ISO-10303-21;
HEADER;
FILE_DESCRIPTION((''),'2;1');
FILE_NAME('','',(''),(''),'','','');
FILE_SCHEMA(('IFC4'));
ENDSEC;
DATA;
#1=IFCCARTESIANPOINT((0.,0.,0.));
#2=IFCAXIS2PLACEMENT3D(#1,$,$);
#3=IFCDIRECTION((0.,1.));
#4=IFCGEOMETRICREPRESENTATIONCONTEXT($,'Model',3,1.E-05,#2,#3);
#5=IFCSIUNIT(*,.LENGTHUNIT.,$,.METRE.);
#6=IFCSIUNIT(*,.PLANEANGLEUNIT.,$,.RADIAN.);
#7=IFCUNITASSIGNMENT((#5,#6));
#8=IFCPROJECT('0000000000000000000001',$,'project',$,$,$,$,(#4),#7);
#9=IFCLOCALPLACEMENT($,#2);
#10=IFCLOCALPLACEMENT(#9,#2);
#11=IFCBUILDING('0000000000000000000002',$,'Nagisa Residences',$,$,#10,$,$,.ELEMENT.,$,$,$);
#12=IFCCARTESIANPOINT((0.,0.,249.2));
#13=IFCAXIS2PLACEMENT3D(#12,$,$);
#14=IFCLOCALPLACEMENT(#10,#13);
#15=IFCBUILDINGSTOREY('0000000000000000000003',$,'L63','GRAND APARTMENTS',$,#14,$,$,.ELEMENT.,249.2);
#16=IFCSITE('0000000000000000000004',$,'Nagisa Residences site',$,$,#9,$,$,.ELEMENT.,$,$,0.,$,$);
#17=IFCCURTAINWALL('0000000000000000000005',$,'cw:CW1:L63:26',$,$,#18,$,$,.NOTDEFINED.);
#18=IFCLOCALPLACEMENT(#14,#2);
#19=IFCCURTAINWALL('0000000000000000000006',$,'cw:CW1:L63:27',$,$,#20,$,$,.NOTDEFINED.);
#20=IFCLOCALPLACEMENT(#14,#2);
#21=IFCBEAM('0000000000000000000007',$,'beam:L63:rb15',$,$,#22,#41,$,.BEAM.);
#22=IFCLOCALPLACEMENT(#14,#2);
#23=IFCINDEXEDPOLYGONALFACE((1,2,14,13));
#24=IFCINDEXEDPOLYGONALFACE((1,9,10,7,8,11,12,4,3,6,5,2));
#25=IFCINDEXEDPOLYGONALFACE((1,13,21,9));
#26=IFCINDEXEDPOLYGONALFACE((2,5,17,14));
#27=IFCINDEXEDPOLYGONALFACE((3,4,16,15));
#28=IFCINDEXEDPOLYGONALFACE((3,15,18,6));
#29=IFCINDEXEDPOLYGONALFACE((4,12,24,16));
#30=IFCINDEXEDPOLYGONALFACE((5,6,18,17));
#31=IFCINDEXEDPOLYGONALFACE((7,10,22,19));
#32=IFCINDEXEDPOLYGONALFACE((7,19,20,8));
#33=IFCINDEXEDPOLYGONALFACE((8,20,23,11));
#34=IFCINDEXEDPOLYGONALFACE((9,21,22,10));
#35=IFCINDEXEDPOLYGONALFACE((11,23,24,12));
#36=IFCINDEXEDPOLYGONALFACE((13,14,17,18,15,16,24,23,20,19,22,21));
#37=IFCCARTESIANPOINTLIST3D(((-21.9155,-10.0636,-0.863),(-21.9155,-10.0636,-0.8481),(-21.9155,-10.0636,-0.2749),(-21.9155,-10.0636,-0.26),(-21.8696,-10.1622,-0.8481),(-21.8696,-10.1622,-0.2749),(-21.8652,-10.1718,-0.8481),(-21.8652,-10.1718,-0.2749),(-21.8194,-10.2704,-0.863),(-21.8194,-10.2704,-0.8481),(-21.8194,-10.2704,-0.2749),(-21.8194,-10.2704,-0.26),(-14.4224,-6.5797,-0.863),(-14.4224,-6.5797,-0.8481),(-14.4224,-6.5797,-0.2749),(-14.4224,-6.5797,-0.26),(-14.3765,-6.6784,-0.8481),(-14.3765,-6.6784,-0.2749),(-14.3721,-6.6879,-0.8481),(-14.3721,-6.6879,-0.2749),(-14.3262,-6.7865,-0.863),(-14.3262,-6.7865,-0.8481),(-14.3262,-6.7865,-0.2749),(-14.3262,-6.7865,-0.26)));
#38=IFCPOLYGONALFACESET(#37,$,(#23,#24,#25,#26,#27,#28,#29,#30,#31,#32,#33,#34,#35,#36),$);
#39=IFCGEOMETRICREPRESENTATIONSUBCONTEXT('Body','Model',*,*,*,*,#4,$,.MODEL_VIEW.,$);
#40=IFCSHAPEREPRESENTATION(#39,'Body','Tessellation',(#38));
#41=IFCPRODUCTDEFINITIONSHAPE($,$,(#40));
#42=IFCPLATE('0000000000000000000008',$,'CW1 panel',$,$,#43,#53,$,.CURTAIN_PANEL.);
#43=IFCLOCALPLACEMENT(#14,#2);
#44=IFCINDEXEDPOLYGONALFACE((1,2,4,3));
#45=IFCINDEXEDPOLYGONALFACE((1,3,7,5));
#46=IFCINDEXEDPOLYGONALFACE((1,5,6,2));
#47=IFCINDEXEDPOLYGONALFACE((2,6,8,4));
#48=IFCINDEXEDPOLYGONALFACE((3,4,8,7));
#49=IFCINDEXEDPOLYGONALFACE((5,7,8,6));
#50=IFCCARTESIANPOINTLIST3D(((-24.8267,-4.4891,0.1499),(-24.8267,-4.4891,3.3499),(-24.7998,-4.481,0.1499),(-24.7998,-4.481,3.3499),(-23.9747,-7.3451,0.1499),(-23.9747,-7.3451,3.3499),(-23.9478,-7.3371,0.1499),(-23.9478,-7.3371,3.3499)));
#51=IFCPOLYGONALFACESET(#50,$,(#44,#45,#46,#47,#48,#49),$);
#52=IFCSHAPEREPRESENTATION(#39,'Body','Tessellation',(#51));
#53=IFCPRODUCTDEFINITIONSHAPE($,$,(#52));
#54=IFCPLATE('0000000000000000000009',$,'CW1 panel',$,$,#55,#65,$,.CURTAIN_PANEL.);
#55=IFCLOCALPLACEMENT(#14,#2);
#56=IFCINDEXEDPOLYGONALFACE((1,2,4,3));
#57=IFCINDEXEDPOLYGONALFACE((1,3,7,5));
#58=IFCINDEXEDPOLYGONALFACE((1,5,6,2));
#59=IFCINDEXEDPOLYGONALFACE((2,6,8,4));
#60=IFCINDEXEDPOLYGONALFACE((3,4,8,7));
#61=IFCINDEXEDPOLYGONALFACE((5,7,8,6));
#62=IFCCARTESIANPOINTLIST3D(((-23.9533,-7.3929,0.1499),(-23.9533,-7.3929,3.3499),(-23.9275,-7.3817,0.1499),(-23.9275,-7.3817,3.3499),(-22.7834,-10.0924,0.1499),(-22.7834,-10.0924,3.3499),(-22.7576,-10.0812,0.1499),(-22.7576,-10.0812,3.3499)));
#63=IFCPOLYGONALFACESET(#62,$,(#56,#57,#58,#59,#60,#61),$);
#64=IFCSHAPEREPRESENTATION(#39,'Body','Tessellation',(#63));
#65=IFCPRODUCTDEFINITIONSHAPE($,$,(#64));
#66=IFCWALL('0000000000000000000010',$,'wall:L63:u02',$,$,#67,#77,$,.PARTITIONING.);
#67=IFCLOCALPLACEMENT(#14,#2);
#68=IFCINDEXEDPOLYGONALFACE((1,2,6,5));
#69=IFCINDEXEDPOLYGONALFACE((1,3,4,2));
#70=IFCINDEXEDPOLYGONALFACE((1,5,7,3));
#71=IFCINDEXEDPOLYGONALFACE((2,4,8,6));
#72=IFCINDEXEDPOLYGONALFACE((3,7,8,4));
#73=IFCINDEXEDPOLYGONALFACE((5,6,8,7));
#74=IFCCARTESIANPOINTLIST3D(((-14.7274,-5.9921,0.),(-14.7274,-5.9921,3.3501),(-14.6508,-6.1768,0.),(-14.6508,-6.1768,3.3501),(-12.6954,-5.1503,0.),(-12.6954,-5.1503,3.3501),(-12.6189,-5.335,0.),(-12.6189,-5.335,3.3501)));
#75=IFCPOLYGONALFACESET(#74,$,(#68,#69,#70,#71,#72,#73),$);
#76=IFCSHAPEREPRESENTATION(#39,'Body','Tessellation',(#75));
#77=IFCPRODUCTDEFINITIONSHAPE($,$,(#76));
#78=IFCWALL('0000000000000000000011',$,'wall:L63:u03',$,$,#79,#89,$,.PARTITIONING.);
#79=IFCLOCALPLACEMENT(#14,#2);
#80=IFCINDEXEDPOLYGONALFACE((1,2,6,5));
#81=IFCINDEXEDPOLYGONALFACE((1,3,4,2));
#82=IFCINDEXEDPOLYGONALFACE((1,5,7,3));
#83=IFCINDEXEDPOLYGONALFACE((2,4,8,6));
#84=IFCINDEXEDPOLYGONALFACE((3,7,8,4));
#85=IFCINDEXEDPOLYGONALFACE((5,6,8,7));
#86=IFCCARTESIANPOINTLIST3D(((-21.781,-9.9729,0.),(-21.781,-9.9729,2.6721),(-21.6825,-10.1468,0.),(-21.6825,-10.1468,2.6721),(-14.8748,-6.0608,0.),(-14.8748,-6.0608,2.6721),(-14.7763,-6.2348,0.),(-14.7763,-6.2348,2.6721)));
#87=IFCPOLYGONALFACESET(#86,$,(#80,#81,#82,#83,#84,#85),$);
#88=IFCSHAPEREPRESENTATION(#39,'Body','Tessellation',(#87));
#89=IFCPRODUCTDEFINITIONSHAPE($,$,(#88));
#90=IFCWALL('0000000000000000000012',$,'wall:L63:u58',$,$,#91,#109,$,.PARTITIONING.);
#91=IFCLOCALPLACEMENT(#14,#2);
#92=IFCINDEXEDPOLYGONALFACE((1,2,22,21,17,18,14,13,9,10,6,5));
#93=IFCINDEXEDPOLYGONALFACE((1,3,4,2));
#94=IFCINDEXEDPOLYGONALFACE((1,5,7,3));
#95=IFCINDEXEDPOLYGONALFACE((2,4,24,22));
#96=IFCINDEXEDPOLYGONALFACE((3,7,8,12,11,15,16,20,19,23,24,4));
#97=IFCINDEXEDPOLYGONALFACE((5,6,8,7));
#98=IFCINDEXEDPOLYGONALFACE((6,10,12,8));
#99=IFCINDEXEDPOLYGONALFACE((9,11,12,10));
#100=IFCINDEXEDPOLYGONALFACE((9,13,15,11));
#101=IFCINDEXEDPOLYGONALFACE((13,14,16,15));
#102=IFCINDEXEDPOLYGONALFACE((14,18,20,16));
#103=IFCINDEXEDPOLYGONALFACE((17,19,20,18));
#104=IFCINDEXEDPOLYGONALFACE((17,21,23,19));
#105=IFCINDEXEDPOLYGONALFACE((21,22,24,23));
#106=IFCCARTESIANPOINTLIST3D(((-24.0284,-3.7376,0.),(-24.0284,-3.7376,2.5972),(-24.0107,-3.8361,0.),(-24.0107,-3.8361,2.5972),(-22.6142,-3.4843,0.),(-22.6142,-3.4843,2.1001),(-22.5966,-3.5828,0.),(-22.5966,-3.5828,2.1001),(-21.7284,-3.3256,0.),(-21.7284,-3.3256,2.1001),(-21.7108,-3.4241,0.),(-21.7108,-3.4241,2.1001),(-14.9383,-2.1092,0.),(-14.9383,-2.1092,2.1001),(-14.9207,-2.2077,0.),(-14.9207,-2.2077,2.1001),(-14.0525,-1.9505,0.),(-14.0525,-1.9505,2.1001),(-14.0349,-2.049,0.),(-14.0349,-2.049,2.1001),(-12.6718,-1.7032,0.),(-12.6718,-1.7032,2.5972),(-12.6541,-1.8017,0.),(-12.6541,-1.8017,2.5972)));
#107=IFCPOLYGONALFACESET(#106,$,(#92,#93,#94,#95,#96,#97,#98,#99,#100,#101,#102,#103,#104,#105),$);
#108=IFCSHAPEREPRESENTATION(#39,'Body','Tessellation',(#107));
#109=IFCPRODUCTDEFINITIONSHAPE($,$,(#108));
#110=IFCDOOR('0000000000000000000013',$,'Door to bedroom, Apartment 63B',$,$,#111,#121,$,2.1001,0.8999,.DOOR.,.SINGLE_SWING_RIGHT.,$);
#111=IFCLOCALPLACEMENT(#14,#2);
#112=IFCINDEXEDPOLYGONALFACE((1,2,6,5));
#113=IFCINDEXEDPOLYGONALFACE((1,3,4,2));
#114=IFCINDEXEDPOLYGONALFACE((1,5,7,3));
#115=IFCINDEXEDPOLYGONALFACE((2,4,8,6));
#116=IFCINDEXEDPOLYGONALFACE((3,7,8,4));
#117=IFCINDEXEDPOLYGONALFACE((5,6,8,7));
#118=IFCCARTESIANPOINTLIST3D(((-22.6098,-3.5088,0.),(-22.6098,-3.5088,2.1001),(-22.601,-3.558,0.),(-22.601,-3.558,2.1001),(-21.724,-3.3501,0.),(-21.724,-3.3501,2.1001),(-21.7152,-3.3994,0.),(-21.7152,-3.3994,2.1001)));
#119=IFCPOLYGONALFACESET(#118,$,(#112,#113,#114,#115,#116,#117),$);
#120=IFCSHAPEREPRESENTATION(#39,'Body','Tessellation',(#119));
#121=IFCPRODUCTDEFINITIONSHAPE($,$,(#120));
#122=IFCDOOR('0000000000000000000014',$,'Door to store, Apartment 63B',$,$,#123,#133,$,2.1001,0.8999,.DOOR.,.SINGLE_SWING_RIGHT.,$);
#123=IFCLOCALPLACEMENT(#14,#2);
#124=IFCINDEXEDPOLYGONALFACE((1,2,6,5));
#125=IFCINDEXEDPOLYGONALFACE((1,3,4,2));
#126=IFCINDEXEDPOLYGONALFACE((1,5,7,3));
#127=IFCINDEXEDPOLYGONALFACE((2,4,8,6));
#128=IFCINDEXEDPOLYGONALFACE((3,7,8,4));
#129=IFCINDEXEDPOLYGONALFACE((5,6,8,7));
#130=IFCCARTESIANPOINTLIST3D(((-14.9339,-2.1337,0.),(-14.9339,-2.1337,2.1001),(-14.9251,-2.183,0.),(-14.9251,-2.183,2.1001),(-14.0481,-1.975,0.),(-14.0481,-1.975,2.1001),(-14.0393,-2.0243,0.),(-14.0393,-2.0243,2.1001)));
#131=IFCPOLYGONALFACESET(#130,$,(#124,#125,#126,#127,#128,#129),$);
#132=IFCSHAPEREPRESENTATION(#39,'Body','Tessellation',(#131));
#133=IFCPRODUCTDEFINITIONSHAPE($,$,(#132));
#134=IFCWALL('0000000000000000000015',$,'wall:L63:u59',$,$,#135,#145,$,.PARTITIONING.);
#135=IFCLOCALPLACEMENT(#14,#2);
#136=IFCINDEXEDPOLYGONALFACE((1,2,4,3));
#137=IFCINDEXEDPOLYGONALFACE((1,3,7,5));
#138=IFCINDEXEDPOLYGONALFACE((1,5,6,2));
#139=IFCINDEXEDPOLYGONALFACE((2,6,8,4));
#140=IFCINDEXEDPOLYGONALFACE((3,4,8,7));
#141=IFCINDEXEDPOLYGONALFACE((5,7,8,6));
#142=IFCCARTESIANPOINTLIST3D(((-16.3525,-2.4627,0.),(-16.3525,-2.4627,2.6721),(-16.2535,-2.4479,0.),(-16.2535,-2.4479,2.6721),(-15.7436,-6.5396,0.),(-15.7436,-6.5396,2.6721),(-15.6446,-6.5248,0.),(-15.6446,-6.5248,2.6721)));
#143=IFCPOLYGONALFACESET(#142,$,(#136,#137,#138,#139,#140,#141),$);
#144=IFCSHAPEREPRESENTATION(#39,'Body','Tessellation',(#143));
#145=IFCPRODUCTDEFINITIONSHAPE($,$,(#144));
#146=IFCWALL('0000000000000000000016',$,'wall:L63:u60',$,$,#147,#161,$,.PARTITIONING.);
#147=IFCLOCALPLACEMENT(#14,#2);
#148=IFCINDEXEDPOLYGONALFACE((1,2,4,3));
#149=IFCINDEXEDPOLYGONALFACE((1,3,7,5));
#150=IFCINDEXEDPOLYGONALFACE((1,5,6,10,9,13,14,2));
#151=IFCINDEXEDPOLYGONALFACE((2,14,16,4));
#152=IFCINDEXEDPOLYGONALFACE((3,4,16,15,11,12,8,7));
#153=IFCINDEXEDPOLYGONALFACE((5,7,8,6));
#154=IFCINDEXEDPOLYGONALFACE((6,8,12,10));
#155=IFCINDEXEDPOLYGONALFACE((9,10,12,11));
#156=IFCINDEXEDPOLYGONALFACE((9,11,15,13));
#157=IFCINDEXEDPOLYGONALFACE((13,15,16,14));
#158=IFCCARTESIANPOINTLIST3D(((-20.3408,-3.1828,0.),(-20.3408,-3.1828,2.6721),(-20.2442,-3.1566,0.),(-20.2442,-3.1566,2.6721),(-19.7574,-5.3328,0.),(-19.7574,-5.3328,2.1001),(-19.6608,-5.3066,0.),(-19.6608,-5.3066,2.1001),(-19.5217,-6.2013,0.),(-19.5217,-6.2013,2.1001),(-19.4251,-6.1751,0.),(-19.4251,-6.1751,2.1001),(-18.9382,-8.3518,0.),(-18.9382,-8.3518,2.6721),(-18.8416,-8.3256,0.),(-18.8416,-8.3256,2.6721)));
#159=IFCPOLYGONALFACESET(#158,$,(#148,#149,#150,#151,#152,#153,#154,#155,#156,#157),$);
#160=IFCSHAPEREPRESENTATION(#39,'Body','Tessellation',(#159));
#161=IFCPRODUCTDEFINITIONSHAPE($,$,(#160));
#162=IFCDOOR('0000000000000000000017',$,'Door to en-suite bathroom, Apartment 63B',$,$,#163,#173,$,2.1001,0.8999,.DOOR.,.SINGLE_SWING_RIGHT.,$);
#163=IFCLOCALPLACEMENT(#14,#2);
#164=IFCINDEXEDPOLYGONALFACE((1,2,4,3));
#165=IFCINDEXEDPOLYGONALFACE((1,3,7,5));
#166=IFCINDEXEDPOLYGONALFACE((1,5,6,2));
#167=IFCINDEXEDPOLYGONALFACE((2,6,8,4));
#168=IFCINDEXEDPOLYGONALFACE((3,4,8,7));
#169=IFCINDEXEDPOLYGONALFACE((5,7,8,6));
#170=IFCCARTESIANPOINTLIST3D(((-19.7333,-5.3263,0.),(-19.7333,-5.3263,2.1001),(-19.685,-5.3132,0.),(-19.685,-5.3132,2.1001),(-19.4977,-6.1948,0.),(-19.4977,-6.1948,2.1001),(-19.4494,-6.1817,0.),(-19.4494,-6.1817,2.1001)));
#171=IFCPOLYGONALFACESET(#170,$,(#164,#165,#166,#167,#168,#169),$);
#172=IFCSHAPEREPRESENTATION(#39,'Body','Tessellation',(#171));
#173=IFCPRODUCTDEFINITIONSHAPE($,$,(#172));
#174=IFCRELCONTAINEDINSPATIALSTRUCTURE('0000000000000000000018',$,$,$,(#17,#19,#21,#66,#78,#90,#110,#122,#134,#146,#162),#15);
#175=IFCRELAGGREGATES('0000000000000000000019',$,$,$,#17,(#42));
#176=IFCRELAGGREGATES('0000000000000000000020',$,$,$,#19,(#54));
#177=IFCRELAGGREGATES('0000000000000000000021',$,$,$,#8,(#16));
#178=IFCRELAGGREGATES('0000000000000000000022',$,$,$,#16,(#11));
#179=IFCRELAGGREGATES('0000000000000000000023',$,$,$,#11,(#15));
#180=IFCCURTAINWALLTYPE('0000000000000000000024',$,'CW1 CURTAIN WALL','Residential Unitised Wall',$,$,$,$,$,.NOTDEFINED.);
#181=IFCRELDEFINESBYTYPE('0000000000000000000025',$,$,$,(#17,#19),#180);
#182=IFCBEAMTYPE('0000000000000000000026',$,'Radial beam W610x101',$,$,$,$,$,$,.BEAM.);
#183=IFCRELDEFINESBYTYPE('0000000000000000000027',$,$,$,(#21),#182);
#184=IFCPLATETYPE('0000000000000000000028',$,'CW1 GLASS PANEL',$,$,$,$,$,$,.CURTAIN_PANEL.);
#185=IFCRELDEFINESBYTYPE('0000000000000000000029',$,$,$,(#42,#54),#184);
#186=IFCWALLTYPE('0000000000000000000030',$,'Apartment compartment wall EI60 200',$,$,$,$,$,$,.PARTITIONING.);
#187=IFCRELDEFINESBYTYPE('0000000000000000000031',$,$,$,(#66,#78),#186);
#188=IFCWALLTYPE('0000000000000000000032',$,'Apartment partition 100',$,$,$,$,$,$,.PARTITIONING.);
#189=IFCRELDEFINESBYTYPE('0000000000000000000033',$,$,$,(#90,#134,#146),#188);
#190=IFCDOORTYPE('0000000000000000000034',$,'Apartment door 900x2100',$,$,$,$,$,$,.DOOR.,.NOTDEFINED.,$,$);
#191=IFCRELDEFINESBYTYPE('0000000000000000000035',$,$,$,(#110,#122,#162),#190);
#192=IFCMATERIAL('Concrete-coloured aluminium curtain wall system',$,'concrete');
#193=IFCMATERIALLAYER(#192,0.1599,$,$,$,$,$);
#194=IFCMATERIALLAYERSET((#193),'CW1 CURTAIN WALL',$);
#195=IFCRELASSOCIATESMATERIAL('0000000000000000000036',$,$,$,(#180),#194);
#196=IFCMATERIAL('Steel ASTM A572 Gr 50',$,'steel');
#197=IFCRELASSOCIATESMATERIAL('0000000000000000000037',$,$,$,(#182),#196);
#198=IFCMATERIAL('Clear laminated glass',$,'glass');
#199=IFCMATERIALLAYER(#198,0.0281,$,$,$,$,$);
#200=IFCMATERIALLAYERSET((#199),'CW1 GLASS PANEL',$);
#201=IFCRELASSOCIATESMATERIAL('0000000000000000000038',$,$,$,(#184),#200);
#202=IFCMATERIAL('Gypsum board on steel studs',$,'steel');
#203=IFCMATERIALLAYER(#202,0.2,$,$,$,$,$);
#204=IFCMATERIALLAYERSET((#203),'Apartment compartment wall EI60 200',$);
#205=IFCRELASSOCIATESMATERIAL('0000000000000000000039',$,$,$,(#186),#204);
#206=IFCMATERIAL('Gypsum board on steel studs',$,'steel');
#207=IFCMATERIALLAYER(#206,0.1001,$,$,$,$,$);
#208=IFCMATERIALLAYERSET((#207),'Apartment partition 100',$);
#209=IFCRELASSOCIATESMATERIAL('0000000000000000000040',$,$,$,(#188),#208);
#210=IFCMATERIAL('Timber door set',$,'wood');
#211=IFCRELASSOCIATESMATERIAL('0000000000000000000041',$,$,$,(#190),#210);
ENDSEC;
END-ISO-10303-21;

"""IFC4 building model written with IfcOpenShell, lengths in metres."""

from ifc_helpers import new_model, si_unit, direction, frame, frame_2d, origin, origin_2d, place, context, subcontext, project, spatial, rectangle, i_section, extrude, material, layer, layer_set, material_profile, profile_set, type_object, element, fill, aggregate, save


model = new_model("IFC4")

# Units and contexts
model_context = context("Model", 3, precision=1e-05, world=origin(), true_north=direction((0.0, 1.0)))
body_context = subcontext(model_context, "Body", "Model", "MODEL_VIEW")
ifc_project = project(units=[si_unit("LENGTHUNIT", "METRE"), si_unit("PLANEANGLEUNIT", "RADIAN")], contexts=[model_context])

# Site, building, storey
site_placement = place(None, origin())
site = spatial("IfcSite", under=ifc_project, at=site_placement, Name="Nagisa Residences site", CompositionType="ELEMENT", RefElevation=0.0)
building_placement = place(site_placement, origin())
building = spatial("IfcBuilding", under=site, at=building_placement, Name="Nagisa Residences", CompositionType="ELEMENT")
storey_placement = place(building_placement, frame((0.0, 0.0, 249.2)))
storey = spatial("IfcBuildingStorey", under=building, at=storey_placement, Name="L63", Description="GRAND APARTMENTS", CompositionType="ELEMENT", Elevation=249.2)

# Curtain walls
ifc_material_1 = material(Name="Concrete-coloured aluminium curtain wall system", Category="concrete")
ifc_layer_1 = layer(ifc_material_1, 0.1599)
ifc_layer_set_1 = layer_set([ifc_layer_1], Name="CW1 CURTAIN WALL")
curtain_wall_type = type_object("IfcCurtainWallType", Name="CW1 CURTAIN WALL", Description="Residential Unitised Wall", PredefinedType="NOTDEFINED", material=ifc_layer_set_1)
curtain_wall_1_placement = place(storey_placement, origin())
curtain_wall_1 = element("IfcCurtainWall", 1, at=curtain_wall_1_placement, inside=storey, type_object=curtain_wall_type, Name="cw:CW1:L63:26", PredefinedType="NOTDEFINED")
curtain_wall_2_placement = place(storey_placement, origin())
curtain_wall_2 = element("IfcCurtainWall", 2, at=curtain_wall_2_placement, inside=storey, type_object=curtain_wall_type, Name="cw:CW1:L63:27", PredefinedType="NOTDEFINED")

# Beam
ifc_material_2 = material(Name="Steel ASTM A572 Gr 50", Category="steel")
ifc_material_profile_1 = material_profile(ifc_material_2, i_section(OverallWidth=0.228, OverallDepth=0.603, WebThickness=0.0105, FlangeThickness=0.0149, at=origin_2d()), Name="W610x101")
ifc_profile_set_1 = profile_set([ifc_material_profile_1], Name="Steel ASTM A572 Gr 50")
beam_type_1 = type_object("IfcBeamType", Name="Radial beam W610x101", PredefinedType="BEAM", material=ifc_profile_set_1)
beam_1_placement = place(storey_placement, frame((-21.8674, -10.167, -0.5615), z_axis=(0.906782, 0.421601, 0.0), x_axis=(-0.421601, 0.906782, 0.0)))
element("IfcBeam", 3, at=beam_1_placement, inside=storey, type_object=beam_type_1, Name="beam:L63:rb15", PredefinedType="BEAM", context=body_context, shape_type="SweptSolid", body=[
    extrude(i_section(OverallWidth=0.228, OverallDepth=0.603, WebThickness=0.0105, FlangeThickness=0.0149, at=origin_2d()), origin(), (0.0, 0.0, 1.0), 8.2634),
])

# Plates
ifc_material_3 = material(Name="Clear laminated glass", Category="glass")
ifc_layer_2 = layer(ifc_material_3, 0.0281)
ifc_layer_set_2 = layer_set([ifc_layer_2], Name="CW1 GLASS PANEL")
plate_type = type_object("IfcPlateType", Name="CW1 GLASS PANEL", PredefinedType="CURTAIN_PANEL", material=ifc_layer_set_2)
plate_1_placement = place(storey_placement, frame((-24.3872, -5.9131, 0.1499), z_axis=(0.0, 0.0, 1.0), x_axis=(0.28586, -0.958271, 0.0)))
plate_1 = element("IfcPlate", 4, at=plate_1_placement, type_object=plate_type, Name="CW1 panel", PredefinedType="CURTAIN_PANEL", context=body_context, shape_type="SweptSolid", body=[
    extrude(rectangle(XDim=2.9805, YDim=0.0281, at=origin_2d()), origin(), (0.0, 0.0, 1.0), 3.2),
])
aggregate(curtain_wall_1, [plate_1])
plate_2_placement = place(storey_placement, frame((-23.3555, -8.7371, 0.1499), z_axis=(0.0, 0.0, 1.0), x_axis=(0.397636, -0.917543, 0.0)))
plate_2 = element("IfcPlate", 5, at=plate_2_placement, type_object=plate_type, Name="CW1 panel", PredefinedType="CURTAIN_PANEL", context=body_context, shape_type="SweptSolid", body=[
    extrude(rectangle(XDim=2.9421, YDim=0.0281, at=origin_2d()), origin(), (0.0, 0.0, 1.0), 3.2),
])
aggregate(curtain_wall_2, [plate_2])

# Walls
ifc_material_4 = material(Name="Gypsum board on steel studs", Category="steel")
ifc_layer_3 = layer(ifc_material_4, 0.2)
ifc_layer_set_3 = layer_set([ifc_layer_3], Name="Apartment compartment wall EI60 200")
wall_type_1 = type_object("IfcWallType", Name="Apartment compartment wall EI60 200", PredefinedType="PARTITIONING", material=ifc_layer_set_3)
wall_1_placement = place(storey_placement, frame((-12.6572, -5.2427, 0.0), z_axis=(0.0, 0.0, 1.0), x_axis=(-0.92386, -0.382731, 0.0)))
element("IfcWall", 6, at=wall_1_placement, inside=storey, type_object=wall_type_1, Name="wall:L63:u02", PredefinedType="PARTITIONING", context=body_context, shape_type="SweptSolid", body=[
    extrude(rectangle(XDim=2.1995, YDim=0.2, at=frame_2d((1.0996, 0.0))), origin(), (0.0, 0.0, 1.0), 3.3501),
])
wall_2_placement = place(storey_placement, frame((-14.8254, -6.1477, 0.0), z_axis=(0.0, 0.0, 1.0), x_axis=(-0.8701, -0.492876, 0.0)))
element("IfcWall", 7, at=wall_2_placement, inside=storey, type_object=wall_type_1, Name="wall:L63:u03", PredefinedType="PARTITIONING", context=body_context, shape_type="SweptSolid", body=[
    extrude(rectangle(XDim=7.9373, YDim=0.2, at=frame_2d((3.9688, 0.0))), origin(), (0.0, 0.0, 1.0), 2.6721),
])

# Wall, openings, doors
ifc_material_5 = material(Name="Gypsum board on steel studs", Category="steel")
ifc_layer_4 = layer(ifc_material_5, 0.1001)
ifc_layer_set_4 = layer_set([ifc_layer_4], Name="Apartment partition 100")
wall_type_2 = type_object("IfcWallType", Name="Apartment partition 100", PredefinedType="PARTITIONING", material=ifc_layer_set_4)
wall_3_placement = place(storey_placement, frame((-12.6631, -1.7524, 0.0), z_axis=(0.0, 0.0, 1.0), x_axis=(-0.98433, -0.176336, 0.0)))
wall_3 = element("IfcWall", 8, at=wall_3_placement, inside=storey, type_object=wall_type_2, Name="wall:L63:u58", PredefinedType="PARTITIONING", context=body_context, shape_type="SweptSolid", body=[
    extrude(rectangle(XDim=11.5374, YDim=0.1001, at=frame_2d((5.7686, 0.0))), origin(), (0.0, 0.0, 1.0), 2.5972),
])
opening_1_placement = place(wall_3_placement, frame((9.2007, 0.0, 0.0)))
opening_1 = element("IfcOpeningElement", 9, at=opening_1_placement, cuts=wall_3, PredefinedType="OPENING", context=body_context, shape_type="SweptSolid", body=[
    extrude(rectangle(XDim=0.8999, YDim=2.1001, at=frame_2d((0.45, 1.05))), frame((0.0, 0.0601, 0.0), z_axis=(0.0, -1.0, 0.0), x_axis=(1.0, 0.0, 0.0)), (0.0, 0.0, 1.0), 0.1201),
])
opening_2_placement = place(wall_3_placement, frame((1.4026, 0.0, 0.0)))
opening_2 = element("IfcOpeningElement", 10, at=opening_2_placement, cuts=wall_3, PredefinedType="OPENING", context=body_context, shape_type="SweptSolid", body=[
    extrude(rectangle(XDim=0.8999, YDim=2.1001, at=frame_2d((0.45, 1.05))), frame((0.0, 0.0601, 0.0), z_axis=(0.0, -1.0, 0.0), x_axis=(1.0, 0.0, 0.0)), (0.0, 0.0, 1.0), 0.1201),
])
ifc_material_6 = material(Name="Timber door set", Category="wood")
door_type_1 = type_object("IfcDoorType", Name="Apartment door 900x2100", OperationType="NOTDEFINED", PredefinedType="DOOR", material=ifc_material_6)
door_1_placement = place(opening_1_placement, origin())
door_1 = element("IfcDoor", 11, at=door_1_placement, inside=storey, type_object=door_type_1, Name="Door to bedroom, Apartment 63B", OperationType="SINGLE_SWING_RIGHT", OverallHeight=2.1001, OverallWidth=0.8999, PredefinedType="DOOR", context=body_context, shape_type="SweptSolid", body=[
    extrude(rectangle(XDim=0.8999, YDim=2.1001, at=frame_2d((0.45, 1.05))), frame((0.0, 0.0249, 0.0), z_axis=(0.0, -1.0, 0.0), x_axis=(1.0, 0.0, 0.0)), (0.0, 0.0, 1.0), 0.05),
])
fill(opening_1, door_1)
door_2_placement = place(opening_2_placement, origin())
door_2 = element("IfcDoor", 12, at=door_2_placement, inside=storey, type_object=door_type_1, Name="Door to store, Apartment 63B", OperationType="SINGLE_SWING_RIGHT", OverallHeight=2.1001, OverallWidth=0.8999, PredefinedType="DOOR", context=body_context, shape_type="SweptSolid", body=[
    extrude(rectangle(XDim=0.8999, YDim=2.1001, at=frame_2d((0.45, 1.05))), frame((0.0, 0.0249, 0.0), z_axis=(0.0, -1.0, 0.0), x_axis=(1.0, 0.0, 0.0)), (0.0, 0.0, 1.0), 0.05),
])
fill(opening_2, door_2)

# Wall
wall_4_placement = place(storey_placement, frame((-16.303, -2.4553, 0.0), z_axis=(0.0, 0.0, 1.0), x_axis=(0.147712, -0.98903, 0.0)))
element("IfcWall", 13, at=wall_4_placement, inside=storey, type_object=wall_type_2, Name="wall:L63:u59", PredefinedType="PARTITIONING", context=body_context, shape_type="SweptSolid", body=[
    extrude(rectangle(XDim=4.1221, YDim=0.1001, at=frame_2d((2.061, 0.0))), origin(), (0.0, 0.0, 1.0), 2.6721),
])

# Wall, opening, door
wall_5_placement = place(storey_placement, frame((-20.2925, -3.1697, 0.0), z_axis=(0.0, 0.0, 1.0), x_axis=(0.261879, -0.965101, 0.0)))
wall_5 = element("IfcWall", 14, at=wall_5_placement, inside=storey, type_object=wall_type_2, Name="wall:L63:u60", PredefinedType="PARTITIONING", context=body_context, shape_type="SweptSolid", body=[
    extrude(rectangle(XDim=5.356, YDim=0.1001, at=frame_2d((2.678, 0.0))), origin(), (0.0, 0.0, 1.0), 2.6721),
])
opening_3_placement = place(wall_5_placement, frame((2.2278, 0.0, 0.0)))
opening_3 = element("IfcOpeningElement", 15, at=opening_3_placement, cuts=wall_5, PredefinedType="OPENING", context=body_context, shape_type="SweptSolid", body=[
    extrude(rectangle(XDim=0.8999, YDim=2.1001, at=frame_2d((0.45, 1.05))), frame((0.0, 0.0601, 0.0), z_axis=(0.0, -1.0, 0.0), x_axis=(1.0, 0.0, 0.0)), (0.0, 0.0, 1.0), 0.1201),
])
door_3_placement = place(opening_3_placement, origin())
door_3 = element("IfcDoor", 16, at=door_3_placement, inside=storey, type_object=door_type_1, Name="Door to en-suite bathroom, Apartment 63B", OperationType="SINGLE_SWING_RIGHT", OverallHeight=2.1001, OverallWidth=0.8999, PredefinedType="DOOR", context=body_context, shape_type="SweptSolid", body=[
    extrude(rectangle(XDim=0.8999, YDim=2.1001, at=frame_2d((0.45, 1.05))), frame((0.0, 0.0249, 0.0), z_axis=(0.0, -1.0, 0.0), x_axis=(1.0, 0.0, 0.0)), (0.0, 0.0, 1.0), 0.05),
])
fill(opening_3, door_3)

save(model, "model.ifc")
